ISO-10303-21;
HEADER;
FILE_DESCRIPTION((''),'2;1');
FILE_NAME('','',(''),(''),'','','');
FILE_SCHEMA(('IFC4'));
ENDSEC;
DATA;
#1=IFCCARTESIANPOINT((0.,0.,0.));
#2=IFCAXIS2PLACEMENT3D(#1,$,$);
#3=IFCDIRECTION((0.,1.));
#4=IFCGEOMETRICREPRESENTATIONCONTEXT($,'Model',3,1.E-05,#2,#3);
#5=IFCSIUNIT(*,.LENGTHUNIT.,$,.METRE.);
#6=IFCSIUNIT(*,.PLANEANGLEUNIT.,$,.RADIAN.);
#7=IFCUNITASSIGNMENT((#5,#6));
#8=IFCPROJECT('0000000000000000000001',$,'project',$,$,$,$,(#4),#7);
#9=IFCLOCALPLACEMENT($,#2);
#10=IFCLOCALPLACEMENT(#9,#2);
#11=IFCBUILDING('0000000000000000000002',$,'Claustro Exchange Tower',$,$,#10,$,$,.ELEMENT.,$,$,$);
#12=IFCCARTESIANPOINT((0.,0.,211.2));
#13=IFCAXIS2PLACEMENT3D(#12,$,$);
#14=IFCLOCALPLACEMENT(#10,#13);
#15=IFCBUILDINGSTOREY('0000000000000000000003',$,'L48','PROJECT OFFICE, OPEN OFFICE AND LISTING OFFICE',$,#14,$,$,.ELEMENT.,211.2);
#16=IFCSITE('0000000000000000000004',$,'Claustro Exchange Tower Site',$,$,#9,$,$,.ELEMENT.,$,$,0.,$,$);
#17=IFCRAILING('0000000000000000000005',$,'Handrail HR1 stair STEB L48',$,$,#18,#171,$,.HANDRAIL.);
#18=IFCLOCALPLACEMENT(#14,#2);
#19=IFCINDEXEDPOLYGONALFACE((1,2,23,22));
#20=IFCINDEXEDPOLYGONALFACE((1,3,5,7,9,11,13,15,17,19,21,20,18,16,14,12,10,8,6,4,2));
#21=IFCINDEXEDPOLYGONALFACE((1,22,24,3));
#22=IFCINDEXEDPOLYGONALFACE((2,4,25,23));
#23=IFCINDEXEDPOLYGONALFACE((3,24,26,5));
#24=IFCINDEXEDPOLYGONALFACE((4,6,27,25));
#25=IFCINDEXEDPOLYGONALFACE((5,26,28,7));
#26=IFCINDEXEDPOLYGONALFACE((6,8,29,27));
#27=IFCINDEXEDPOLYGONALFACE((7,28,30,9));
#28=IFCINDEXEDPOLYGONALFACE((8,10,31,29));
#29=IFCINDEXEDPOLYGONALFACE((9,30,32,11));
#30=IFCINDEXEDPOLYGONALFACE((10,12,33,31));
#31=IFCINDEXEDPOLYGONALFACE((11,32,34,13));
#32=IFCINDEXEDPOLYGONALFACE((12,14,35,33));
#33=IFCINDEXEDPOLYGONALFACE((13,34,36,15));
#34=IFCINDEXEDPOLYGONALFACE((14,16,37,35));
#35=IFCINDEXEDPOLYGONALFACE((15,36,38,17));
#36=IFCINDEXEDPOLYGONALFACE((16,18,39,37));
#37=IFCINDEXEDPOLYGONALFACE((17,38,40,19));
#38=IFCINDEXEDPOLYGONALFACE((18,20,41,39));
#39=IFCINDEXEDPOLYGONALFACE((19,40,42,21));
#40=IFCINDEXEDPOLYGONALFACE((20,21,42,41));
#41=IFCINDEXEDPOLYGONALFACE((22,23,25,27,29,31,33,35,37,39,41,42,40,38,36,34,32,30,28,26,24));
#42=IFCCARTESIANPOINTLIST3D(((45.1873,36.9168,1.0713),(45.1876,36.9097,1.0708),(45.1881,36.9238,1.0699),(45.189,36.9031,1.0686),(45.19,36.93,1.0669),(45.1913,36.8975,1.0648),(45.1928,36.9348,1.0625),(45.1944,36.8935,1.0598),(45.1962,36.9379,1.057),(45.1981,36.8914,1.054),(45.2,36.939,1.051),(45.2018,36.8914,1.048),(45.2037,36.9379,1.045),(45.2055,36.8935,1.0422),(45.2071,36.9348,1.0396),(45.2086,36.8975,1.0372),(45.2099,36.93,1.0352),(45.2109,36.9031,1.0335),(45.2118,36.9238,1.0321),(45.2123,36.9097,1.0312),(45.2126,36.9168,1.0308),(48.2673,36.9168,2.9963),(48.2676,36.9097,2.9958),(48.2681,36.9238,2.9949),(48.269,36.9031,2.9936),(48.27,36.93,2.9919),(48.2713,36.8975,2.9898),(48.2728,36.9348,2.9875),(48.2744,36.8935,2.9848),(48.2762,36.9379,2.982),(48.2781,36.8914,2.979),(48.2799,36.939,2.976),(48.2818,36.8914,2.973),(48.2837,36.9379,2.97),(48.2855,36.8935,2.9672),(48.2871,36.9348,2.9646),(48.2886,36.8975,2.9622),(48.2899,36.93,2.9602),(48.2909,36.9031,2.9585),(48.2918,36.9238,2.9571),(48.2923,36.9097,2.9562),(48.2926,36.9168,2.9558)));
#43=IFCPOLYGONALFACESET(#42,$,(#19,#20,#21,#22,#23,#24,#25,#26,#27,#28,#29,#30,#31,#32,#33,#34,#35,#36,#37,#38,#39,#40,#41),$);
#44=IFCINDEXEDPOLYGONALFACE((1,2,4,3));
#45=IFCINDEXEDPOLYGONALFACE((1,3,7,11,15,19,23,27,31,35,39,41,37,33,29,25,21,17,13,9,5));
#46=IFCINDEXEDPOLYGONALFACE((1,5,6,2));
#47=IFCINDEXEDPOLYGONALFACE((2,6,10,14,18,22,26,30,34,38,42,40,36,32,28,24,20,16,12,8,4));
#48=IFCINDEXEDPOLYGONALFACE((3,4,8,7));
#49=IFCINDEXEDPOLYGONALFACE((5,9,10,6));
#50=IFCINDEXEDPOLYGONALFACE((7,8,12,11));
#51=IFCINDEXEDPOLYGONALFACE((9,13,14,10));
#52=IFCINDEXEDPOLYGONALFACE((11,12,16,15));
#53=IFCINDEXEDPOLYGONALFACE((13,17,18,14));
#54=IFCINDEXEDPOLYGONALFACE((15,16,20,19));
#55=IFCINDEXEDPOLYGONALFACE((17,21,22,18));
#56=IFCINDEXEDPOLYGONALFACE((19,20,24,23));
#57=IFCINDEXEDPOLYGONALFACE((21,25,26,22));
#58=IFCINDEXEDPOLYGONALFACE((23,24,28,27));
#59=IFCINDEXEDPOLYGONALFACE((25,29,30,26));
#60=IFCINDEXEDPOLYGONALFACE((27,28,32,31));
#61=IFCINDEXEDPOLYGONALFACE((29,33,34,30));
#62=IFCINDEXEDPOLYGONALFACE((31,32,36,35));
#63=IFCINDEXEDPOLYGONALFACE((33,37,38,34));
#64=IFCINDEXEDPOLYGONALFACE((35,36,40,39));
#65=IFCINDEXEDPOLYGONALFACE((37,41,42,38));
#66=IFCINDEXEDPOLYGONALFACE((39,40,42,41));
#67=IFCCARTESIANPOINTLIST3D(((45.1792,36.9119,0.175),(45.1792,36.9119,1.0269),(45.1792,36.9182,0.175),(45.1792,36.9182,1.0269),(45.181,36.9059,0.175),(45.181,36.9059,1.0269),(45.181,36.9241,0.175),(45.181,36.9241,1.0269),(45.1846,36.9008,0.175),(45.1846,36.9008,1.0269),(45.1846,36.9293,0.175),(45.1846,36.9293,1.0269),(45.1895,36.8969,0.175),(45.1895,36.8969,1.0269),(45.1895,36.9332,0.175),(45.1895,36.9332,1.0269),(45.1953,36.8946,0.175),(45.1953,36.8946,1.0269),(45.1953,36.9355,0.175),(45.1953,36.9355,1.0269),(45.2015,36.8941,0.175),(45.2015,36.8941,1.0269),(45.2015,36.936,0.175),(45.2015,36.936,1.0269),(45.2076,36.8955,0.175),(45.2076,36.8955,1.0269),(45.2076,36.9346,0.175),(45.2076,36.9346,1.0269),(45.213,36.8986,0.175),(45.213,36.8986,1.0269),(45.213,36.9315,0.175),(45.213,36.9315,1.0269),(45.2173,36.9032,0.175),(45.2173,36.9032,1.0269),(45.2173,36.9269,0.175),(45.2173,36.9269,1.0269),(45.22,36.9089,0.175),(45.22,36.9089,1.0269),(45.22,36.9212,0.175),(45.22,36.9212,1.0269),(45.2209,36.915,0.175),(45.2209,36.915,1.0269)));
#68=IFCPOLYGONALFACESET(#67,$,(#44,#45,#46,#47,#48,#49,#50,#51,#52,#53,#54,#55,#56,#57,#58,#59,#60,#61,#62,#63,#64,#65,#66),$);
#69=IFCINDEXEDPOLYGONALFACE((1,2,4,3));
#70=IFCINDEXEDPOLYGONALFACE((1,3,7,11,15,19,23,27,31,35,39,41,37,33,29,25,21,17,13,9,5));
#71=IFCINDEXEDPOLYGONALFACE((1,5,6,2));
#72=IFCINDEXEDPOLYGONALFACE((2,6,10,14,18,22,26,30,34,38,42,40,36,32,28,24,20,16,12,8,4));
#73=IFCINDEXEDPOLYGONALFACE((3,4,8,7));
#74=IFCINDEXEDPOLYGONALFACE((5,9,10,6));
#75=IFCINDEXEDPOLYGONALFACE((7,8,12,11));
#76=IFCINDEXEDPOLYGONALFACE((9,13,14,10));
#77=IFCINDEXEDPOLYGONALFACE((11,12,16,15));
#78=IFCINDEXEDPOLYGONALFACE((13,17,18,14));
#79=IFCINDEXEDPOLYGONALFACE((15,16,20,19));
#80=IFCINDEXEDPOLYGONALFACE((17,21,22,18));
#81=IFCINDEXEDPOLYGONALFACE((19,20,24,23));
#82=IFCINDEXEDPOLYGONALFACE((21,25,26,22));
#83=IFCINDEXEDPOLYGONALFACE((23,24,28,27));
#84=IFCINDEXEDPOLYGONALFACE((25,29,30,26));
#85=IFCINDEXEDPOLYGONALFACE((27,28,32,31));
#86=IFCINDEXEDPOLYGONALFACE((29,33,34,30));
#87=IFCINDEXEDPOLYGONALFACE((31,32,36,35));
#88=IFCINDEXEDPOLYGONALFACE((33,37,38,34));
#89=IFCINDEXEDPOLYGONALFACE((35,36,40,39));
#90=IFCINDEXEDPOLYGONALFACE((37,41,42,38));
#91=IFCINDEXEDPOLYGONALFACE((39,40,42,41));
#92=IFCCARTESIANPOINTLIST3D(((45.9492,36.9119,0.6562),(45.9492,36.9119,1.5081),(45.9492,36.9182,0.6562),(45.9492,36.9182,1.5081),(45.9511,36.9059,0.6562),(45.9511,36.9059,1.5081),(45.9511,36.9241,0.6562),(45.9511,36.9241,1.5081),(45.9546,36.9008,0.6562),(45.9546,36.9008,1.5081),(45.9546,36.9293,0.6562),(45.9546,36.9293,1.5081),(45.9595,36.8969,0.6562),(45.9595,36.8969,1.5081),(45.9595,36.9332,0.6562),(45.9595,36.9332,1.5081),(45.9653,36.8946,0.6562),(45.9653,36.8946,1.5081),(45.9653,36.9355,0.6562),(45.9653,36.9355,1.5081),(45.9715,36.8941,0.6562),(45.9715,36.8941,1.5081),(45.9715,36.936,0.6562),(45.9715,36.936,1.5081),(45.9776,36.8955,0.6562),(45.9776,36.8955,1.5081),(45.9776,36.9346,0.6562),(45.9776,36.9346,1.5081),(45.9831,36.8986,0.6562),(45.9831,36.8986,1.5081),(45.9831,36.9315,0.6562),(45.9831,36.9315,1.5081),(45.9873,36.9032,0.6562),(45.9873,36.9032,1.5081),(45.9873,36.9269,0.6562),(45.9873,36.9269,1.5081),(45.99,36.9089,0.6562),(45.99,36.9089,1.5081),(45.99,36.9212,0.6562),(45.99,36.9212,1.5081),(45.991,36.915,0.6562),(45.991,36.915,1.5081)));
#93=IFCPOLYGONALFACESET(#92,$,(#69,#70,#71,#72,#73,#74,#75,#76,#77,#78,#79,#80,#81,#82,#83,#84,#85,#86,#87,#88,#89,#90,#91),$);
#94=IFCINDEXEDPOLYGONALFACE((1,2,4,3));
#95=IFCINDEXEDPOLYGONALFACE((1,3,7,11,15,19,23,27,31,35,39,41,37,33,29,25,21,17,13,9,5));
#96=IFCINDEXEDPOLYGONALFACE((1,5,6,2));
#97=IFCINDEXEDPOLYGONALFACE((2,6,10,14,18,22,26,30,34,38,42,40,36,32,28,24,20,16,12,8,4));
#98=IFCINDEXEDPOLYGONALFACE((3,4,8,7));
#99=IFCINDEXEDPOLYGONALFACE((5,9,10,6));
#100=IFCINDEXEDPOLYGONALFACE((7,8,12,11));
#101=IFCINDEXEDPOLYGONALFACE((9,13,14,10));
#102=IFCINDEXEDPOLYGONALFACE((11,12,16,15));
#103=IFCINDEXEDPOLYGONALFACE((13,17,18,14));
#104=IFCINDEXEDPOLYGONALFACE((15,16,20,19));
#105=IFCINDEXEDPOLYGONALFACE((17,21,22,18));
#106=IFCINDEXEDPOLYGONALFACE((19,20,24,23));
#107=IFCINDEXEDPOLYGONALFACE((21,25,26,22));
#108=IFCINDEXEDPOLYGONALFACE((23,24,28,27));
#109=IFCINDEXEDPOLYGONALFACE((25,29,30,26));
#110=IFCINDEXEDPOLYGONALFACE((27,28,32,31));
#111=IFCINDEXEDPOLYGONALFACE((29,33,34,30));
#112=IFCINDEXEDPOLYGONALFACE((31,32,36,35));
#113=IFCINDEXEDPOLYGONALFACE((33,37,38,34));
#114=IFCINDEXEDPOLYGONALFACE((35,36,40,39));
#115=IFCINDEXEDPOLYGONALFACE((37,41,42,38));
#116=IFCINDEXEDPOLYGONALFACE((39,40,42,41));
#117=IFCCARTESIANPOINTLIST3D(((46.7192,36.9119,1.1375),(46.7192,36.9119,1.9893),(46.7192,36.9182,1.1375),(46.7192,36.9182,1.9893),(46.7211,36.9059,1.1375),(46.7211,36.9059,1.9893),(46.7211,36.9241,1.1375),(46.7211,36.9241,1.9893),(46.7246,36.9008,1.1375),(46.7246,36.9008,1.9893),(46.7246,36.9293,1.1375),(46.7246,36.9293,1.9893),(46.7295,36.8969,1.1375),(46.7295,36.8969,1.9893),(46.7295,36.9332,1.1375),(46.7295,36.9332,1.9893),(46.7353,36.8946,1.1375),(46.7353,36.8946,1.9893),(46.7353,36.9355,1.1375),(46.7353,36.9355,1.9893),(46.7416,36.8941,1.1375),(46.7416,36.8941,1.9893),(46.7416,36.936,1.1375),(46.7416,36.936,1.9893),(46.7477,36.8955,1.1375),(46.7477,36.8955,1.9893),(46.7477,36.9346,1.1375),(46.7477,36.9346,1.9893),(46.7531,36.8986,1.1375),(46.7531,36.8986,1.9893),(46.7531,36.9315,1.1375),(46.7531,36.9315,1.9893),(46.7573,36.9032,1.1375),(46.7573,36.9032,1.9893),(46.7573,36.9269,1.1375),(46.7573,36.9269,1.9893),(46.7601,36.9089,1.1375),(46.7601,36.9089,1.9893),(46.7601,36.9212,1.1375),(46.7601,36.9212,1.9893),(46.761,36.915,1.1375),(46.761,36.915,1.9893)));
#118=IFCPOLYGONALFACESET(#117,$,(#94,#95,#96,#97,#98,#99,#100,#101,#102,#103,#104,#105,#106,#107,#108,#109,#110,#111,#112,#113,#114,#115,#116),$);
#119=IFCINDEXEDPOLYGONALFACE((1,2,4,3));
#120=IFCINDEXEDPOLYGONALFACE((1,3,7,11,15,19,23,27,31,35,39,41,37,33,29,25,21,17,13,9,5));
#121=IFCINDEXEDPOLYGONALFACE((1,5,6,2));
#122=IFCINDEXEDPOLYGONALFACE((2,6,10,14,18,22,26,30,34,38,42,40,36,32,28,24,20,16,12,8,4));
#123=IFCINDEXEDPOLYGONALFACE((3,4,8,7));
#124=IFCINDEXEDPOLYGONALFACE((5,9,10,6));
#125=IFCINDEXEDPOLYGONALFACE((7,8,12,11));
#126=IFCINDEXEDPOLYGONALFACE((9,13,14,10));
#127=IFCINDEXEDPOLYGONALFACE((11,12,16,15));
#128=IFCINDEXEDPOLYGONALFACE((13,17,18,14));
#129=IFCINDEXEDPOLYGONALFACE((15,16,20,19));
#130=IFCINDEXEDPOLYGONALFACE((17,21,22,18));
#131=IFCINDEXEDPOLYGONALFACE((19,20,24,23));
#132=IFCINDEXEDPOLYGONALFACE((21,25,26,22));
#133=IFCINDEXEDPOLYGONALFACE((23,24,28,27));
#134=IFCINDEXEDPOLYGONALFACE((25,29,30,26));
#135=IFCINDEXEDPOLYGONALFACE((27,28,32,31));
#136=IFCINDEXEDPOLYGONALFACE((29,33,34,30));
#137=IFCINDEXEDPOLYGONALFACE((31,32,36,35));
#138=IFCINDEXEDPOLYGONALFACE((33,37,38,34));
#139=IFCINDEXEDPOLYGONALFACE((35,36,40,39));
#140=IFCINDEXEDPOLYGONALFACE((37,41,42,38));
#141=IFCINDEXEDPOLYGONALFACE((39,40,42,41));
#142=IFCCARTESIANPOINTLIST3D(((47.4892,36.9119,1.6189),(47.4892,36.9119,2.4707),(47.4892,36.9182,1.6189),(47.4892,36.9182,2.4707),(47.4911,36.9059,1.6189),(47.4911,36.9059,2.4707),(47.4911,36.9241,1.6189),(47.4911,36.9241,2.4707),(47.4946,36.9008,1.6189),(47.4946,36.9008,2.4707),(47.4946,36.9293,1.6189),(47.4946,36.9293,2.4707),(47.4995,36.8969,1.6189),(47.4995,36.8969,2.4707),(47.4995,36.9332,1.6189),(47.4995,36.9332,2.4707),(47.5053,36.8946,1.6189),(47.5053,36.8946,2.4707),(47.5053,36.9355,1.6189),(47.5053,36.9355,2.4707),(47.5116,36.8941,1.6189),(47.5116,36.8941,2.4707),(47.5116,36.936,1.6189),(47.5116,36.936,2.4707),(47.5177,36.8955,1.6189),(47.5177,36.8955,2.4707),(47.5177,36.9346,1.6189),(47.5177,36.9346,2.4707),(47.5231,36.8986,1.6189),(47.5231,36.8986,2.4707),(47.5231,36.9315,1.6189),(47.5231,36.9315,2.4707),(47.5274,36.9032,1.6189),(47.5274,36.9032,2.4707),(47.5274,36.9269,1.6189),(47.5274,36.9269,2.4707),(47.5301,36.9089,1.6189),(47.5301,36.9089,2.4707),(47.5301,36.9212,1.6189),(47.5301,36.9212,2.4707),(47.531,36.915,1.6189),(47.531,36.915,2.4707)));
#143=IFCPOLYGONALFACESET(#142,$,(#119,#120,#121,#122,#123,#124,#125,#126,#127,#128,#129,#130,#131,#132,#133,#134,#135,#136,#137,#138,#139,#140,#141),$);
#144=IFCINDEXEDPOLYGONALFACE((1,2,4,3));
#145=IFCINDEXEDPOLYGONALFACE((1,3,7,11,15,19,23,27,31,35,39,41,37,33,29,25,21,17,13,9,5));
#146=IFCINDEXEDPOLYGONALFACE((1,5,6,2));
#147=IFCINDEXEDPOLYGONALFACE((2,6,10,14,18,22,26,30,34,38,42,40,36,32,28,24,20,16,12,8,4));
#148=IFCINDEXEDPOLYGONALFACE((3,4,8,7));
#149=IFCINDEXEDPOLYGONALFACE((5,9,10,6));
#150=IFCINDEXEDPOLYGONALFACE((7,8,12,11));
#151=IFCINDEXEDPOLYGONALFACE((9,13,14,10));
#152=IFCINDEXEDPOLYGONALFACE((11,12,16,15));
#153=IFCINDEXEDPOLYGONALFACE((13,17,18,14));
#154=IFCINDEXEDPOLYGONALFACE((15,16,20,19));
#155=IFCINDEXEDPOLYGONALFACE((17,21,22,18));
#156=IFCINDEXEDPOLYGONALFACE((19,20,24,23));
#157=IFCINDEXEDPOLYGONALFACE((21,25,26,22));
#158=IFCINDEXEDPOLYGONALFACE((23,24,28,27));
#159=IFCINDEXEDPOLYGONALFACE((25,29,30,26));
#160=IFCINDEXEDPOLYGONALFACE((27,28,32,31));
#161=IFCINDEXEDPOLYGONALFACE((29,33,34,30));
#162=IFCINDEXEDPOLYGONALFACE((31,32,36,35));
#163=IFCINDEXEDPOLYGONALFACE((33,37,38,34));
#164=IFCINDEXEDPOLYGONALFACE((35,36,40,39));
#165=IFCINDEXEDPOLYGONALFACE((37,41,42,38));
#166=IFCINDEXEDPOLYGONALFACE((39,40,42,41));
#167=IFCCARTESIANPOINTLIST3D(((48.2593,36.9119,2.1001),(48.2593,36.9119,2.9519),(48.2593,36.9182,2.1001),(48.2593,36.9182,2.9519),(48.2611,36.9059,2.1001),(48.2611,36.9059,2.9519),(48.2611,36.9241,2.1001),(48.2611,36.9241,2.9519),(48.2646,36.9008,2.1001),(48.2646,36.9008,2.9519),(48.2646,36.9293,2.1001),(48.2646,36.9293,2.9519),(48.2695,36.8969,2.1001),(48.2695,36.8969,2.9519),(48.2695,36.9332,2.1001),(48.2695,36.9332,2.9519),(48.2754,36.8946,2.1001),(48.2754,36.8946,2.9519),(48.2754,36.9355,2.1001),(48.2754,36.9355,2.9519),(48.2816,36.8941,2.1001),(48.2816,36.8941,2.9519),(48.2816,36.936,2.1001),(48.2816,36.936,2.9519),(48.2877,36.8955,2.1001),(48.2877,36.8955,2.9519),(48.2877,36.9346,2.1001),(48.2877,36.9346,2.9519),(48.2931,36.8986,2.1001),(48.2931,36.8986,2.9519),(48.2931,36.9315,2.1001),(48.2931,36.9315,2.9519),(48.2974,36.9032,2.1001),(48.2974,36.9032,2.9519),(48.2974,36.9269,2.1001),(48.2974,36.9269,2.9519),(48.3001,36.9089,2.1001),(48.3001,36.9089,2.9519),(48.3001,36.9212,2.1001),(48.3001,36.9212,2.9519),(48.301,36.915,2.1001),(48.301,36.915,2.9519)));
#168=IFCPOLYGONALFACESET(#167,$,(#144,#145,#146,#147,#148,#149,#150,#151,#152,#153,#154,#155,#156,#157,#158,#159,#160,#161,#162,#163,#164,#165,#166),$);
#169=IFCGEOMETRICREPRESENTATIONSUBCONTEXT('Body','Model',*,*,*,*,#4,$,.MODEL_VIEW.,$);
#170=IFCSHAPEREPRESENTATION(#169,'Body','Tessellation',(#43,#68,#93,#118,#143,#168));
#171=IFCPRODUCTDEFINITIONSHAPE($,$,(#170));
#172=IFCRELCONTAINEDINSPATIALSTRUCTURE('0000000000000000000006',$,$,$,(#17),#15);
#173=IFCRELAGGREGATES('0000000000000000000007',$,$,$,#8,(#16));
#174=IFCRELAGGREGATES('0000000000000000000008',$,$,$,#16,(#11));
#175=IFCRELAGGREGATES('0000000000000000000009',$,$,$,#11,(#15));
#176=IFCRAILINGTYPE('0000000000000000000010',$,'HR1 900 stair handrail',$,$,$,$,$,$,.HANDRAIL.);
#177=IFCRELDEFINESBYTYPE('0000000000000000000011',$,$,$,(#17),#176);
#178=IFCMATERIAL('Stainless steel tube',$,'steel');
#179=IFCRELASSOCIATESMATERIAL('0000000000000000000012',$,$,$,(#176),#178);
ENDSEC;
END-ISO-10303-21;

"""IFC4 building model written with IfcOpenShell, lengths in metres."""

from ifc_helpers import new_model, si_unit, direction, frame, origin, origin_2d, place, context, subcontext, project, spatial, circle, extrude, material, type_object, element, save


model = new_model("IFC4")

# Units and contexts
model_context = context("Model", 3, precision=1e-05, world=origin(), true_north=direction((0.0, 1.0)))
body_context = subcontext(model_context, "Body", "Model", "MODEL_VIEW")
ifc_project = project(units=[si_unit("LENGTHUNIT", "METRE"), si_unit("PLANEANGLEUNIT", "RADIAN")], contexts=[model_context])

# Site, building, storey
site_placement = place(None, origin())
site = spatial("IfcSite", under=ifc_project, at=site_placement, Name="Claustro Exchange Tower Site", CompositionType="ELEMENT", RefElevation=0.0)
building_placement = place(site_placement, origin())
building = spatial("IfcBuilding", under=site, at=building_placement, Name="Claustro Exchange Tower", CompositionType="ELEMENT")
storey_placement = place(building_placement, frame((0.0, 0.0, 211.2)))
storey = spatial("IfcBuildingStorey", under=building, at=storey_placement, Name="L48", Description="PROJECT OFFICE, OPEN OFFICE AND LISTING OFFICE", CompositionType="ELEMENT", Elevation=211.2)

# Railing
ifc_material_1 = material(Name="Stainless steel tube", Category="steel")
railing_type_1 = type_object("IfcRailingType", Name="HR1 900 stair handrail", PredefinedType="HANDRAIL", material=ifc_material_1)
railing_1_placement = place(storey_placement, frame((45.2, 36.915, 0.175)))
element("IfcRailing", 1, at=railing_1_placement, inside=storey, type_object=railing_type_1, Name="Handrail HR1 stair STEB L48", PredefinedType="HANDRAIL", context=body_context, shape_type="SweptSolid", body=[
    extrude(circle(Radius=0.0239, at=origin_2d()), frame((0.0, 0.0, 0.876), z_axis=(0.847998, 0.0, 0.529999), x_axis=(0.0, 1.0, 0.0)), (0.0, 0.0, 1.0), 3.6321),
    extrude(circle(Radius=0.021, at=origin_2d()), origin(), (0.0, 0.0, 1.0), 0.8518),
    extrude(circle(Radius=0.021, at=origin_2d()), frame((0.77, 0.0, 0.4812)), (0.0, 0.0, 1.0), 0.8518),
    extrude(circle(Radius=0.021, at=origin_2d()), frame((1.54, 0.0, 0.9624)), (0.0, 0.0, 1.0), 0.8518),
    extrude(circle(Radius=0.021, at=origin_2d()), frame((2.3101, 0.0, 1.4438)), (0.0, 0.0, 1.0), 0.8518),
    extrude(circle(Radius=0.021, at=origin_2d()), frame((3.0801, 0.0, 1.925)), (0.0, 0.0, 1.0), 0.8518),
])

save(model, "model.ifc")
